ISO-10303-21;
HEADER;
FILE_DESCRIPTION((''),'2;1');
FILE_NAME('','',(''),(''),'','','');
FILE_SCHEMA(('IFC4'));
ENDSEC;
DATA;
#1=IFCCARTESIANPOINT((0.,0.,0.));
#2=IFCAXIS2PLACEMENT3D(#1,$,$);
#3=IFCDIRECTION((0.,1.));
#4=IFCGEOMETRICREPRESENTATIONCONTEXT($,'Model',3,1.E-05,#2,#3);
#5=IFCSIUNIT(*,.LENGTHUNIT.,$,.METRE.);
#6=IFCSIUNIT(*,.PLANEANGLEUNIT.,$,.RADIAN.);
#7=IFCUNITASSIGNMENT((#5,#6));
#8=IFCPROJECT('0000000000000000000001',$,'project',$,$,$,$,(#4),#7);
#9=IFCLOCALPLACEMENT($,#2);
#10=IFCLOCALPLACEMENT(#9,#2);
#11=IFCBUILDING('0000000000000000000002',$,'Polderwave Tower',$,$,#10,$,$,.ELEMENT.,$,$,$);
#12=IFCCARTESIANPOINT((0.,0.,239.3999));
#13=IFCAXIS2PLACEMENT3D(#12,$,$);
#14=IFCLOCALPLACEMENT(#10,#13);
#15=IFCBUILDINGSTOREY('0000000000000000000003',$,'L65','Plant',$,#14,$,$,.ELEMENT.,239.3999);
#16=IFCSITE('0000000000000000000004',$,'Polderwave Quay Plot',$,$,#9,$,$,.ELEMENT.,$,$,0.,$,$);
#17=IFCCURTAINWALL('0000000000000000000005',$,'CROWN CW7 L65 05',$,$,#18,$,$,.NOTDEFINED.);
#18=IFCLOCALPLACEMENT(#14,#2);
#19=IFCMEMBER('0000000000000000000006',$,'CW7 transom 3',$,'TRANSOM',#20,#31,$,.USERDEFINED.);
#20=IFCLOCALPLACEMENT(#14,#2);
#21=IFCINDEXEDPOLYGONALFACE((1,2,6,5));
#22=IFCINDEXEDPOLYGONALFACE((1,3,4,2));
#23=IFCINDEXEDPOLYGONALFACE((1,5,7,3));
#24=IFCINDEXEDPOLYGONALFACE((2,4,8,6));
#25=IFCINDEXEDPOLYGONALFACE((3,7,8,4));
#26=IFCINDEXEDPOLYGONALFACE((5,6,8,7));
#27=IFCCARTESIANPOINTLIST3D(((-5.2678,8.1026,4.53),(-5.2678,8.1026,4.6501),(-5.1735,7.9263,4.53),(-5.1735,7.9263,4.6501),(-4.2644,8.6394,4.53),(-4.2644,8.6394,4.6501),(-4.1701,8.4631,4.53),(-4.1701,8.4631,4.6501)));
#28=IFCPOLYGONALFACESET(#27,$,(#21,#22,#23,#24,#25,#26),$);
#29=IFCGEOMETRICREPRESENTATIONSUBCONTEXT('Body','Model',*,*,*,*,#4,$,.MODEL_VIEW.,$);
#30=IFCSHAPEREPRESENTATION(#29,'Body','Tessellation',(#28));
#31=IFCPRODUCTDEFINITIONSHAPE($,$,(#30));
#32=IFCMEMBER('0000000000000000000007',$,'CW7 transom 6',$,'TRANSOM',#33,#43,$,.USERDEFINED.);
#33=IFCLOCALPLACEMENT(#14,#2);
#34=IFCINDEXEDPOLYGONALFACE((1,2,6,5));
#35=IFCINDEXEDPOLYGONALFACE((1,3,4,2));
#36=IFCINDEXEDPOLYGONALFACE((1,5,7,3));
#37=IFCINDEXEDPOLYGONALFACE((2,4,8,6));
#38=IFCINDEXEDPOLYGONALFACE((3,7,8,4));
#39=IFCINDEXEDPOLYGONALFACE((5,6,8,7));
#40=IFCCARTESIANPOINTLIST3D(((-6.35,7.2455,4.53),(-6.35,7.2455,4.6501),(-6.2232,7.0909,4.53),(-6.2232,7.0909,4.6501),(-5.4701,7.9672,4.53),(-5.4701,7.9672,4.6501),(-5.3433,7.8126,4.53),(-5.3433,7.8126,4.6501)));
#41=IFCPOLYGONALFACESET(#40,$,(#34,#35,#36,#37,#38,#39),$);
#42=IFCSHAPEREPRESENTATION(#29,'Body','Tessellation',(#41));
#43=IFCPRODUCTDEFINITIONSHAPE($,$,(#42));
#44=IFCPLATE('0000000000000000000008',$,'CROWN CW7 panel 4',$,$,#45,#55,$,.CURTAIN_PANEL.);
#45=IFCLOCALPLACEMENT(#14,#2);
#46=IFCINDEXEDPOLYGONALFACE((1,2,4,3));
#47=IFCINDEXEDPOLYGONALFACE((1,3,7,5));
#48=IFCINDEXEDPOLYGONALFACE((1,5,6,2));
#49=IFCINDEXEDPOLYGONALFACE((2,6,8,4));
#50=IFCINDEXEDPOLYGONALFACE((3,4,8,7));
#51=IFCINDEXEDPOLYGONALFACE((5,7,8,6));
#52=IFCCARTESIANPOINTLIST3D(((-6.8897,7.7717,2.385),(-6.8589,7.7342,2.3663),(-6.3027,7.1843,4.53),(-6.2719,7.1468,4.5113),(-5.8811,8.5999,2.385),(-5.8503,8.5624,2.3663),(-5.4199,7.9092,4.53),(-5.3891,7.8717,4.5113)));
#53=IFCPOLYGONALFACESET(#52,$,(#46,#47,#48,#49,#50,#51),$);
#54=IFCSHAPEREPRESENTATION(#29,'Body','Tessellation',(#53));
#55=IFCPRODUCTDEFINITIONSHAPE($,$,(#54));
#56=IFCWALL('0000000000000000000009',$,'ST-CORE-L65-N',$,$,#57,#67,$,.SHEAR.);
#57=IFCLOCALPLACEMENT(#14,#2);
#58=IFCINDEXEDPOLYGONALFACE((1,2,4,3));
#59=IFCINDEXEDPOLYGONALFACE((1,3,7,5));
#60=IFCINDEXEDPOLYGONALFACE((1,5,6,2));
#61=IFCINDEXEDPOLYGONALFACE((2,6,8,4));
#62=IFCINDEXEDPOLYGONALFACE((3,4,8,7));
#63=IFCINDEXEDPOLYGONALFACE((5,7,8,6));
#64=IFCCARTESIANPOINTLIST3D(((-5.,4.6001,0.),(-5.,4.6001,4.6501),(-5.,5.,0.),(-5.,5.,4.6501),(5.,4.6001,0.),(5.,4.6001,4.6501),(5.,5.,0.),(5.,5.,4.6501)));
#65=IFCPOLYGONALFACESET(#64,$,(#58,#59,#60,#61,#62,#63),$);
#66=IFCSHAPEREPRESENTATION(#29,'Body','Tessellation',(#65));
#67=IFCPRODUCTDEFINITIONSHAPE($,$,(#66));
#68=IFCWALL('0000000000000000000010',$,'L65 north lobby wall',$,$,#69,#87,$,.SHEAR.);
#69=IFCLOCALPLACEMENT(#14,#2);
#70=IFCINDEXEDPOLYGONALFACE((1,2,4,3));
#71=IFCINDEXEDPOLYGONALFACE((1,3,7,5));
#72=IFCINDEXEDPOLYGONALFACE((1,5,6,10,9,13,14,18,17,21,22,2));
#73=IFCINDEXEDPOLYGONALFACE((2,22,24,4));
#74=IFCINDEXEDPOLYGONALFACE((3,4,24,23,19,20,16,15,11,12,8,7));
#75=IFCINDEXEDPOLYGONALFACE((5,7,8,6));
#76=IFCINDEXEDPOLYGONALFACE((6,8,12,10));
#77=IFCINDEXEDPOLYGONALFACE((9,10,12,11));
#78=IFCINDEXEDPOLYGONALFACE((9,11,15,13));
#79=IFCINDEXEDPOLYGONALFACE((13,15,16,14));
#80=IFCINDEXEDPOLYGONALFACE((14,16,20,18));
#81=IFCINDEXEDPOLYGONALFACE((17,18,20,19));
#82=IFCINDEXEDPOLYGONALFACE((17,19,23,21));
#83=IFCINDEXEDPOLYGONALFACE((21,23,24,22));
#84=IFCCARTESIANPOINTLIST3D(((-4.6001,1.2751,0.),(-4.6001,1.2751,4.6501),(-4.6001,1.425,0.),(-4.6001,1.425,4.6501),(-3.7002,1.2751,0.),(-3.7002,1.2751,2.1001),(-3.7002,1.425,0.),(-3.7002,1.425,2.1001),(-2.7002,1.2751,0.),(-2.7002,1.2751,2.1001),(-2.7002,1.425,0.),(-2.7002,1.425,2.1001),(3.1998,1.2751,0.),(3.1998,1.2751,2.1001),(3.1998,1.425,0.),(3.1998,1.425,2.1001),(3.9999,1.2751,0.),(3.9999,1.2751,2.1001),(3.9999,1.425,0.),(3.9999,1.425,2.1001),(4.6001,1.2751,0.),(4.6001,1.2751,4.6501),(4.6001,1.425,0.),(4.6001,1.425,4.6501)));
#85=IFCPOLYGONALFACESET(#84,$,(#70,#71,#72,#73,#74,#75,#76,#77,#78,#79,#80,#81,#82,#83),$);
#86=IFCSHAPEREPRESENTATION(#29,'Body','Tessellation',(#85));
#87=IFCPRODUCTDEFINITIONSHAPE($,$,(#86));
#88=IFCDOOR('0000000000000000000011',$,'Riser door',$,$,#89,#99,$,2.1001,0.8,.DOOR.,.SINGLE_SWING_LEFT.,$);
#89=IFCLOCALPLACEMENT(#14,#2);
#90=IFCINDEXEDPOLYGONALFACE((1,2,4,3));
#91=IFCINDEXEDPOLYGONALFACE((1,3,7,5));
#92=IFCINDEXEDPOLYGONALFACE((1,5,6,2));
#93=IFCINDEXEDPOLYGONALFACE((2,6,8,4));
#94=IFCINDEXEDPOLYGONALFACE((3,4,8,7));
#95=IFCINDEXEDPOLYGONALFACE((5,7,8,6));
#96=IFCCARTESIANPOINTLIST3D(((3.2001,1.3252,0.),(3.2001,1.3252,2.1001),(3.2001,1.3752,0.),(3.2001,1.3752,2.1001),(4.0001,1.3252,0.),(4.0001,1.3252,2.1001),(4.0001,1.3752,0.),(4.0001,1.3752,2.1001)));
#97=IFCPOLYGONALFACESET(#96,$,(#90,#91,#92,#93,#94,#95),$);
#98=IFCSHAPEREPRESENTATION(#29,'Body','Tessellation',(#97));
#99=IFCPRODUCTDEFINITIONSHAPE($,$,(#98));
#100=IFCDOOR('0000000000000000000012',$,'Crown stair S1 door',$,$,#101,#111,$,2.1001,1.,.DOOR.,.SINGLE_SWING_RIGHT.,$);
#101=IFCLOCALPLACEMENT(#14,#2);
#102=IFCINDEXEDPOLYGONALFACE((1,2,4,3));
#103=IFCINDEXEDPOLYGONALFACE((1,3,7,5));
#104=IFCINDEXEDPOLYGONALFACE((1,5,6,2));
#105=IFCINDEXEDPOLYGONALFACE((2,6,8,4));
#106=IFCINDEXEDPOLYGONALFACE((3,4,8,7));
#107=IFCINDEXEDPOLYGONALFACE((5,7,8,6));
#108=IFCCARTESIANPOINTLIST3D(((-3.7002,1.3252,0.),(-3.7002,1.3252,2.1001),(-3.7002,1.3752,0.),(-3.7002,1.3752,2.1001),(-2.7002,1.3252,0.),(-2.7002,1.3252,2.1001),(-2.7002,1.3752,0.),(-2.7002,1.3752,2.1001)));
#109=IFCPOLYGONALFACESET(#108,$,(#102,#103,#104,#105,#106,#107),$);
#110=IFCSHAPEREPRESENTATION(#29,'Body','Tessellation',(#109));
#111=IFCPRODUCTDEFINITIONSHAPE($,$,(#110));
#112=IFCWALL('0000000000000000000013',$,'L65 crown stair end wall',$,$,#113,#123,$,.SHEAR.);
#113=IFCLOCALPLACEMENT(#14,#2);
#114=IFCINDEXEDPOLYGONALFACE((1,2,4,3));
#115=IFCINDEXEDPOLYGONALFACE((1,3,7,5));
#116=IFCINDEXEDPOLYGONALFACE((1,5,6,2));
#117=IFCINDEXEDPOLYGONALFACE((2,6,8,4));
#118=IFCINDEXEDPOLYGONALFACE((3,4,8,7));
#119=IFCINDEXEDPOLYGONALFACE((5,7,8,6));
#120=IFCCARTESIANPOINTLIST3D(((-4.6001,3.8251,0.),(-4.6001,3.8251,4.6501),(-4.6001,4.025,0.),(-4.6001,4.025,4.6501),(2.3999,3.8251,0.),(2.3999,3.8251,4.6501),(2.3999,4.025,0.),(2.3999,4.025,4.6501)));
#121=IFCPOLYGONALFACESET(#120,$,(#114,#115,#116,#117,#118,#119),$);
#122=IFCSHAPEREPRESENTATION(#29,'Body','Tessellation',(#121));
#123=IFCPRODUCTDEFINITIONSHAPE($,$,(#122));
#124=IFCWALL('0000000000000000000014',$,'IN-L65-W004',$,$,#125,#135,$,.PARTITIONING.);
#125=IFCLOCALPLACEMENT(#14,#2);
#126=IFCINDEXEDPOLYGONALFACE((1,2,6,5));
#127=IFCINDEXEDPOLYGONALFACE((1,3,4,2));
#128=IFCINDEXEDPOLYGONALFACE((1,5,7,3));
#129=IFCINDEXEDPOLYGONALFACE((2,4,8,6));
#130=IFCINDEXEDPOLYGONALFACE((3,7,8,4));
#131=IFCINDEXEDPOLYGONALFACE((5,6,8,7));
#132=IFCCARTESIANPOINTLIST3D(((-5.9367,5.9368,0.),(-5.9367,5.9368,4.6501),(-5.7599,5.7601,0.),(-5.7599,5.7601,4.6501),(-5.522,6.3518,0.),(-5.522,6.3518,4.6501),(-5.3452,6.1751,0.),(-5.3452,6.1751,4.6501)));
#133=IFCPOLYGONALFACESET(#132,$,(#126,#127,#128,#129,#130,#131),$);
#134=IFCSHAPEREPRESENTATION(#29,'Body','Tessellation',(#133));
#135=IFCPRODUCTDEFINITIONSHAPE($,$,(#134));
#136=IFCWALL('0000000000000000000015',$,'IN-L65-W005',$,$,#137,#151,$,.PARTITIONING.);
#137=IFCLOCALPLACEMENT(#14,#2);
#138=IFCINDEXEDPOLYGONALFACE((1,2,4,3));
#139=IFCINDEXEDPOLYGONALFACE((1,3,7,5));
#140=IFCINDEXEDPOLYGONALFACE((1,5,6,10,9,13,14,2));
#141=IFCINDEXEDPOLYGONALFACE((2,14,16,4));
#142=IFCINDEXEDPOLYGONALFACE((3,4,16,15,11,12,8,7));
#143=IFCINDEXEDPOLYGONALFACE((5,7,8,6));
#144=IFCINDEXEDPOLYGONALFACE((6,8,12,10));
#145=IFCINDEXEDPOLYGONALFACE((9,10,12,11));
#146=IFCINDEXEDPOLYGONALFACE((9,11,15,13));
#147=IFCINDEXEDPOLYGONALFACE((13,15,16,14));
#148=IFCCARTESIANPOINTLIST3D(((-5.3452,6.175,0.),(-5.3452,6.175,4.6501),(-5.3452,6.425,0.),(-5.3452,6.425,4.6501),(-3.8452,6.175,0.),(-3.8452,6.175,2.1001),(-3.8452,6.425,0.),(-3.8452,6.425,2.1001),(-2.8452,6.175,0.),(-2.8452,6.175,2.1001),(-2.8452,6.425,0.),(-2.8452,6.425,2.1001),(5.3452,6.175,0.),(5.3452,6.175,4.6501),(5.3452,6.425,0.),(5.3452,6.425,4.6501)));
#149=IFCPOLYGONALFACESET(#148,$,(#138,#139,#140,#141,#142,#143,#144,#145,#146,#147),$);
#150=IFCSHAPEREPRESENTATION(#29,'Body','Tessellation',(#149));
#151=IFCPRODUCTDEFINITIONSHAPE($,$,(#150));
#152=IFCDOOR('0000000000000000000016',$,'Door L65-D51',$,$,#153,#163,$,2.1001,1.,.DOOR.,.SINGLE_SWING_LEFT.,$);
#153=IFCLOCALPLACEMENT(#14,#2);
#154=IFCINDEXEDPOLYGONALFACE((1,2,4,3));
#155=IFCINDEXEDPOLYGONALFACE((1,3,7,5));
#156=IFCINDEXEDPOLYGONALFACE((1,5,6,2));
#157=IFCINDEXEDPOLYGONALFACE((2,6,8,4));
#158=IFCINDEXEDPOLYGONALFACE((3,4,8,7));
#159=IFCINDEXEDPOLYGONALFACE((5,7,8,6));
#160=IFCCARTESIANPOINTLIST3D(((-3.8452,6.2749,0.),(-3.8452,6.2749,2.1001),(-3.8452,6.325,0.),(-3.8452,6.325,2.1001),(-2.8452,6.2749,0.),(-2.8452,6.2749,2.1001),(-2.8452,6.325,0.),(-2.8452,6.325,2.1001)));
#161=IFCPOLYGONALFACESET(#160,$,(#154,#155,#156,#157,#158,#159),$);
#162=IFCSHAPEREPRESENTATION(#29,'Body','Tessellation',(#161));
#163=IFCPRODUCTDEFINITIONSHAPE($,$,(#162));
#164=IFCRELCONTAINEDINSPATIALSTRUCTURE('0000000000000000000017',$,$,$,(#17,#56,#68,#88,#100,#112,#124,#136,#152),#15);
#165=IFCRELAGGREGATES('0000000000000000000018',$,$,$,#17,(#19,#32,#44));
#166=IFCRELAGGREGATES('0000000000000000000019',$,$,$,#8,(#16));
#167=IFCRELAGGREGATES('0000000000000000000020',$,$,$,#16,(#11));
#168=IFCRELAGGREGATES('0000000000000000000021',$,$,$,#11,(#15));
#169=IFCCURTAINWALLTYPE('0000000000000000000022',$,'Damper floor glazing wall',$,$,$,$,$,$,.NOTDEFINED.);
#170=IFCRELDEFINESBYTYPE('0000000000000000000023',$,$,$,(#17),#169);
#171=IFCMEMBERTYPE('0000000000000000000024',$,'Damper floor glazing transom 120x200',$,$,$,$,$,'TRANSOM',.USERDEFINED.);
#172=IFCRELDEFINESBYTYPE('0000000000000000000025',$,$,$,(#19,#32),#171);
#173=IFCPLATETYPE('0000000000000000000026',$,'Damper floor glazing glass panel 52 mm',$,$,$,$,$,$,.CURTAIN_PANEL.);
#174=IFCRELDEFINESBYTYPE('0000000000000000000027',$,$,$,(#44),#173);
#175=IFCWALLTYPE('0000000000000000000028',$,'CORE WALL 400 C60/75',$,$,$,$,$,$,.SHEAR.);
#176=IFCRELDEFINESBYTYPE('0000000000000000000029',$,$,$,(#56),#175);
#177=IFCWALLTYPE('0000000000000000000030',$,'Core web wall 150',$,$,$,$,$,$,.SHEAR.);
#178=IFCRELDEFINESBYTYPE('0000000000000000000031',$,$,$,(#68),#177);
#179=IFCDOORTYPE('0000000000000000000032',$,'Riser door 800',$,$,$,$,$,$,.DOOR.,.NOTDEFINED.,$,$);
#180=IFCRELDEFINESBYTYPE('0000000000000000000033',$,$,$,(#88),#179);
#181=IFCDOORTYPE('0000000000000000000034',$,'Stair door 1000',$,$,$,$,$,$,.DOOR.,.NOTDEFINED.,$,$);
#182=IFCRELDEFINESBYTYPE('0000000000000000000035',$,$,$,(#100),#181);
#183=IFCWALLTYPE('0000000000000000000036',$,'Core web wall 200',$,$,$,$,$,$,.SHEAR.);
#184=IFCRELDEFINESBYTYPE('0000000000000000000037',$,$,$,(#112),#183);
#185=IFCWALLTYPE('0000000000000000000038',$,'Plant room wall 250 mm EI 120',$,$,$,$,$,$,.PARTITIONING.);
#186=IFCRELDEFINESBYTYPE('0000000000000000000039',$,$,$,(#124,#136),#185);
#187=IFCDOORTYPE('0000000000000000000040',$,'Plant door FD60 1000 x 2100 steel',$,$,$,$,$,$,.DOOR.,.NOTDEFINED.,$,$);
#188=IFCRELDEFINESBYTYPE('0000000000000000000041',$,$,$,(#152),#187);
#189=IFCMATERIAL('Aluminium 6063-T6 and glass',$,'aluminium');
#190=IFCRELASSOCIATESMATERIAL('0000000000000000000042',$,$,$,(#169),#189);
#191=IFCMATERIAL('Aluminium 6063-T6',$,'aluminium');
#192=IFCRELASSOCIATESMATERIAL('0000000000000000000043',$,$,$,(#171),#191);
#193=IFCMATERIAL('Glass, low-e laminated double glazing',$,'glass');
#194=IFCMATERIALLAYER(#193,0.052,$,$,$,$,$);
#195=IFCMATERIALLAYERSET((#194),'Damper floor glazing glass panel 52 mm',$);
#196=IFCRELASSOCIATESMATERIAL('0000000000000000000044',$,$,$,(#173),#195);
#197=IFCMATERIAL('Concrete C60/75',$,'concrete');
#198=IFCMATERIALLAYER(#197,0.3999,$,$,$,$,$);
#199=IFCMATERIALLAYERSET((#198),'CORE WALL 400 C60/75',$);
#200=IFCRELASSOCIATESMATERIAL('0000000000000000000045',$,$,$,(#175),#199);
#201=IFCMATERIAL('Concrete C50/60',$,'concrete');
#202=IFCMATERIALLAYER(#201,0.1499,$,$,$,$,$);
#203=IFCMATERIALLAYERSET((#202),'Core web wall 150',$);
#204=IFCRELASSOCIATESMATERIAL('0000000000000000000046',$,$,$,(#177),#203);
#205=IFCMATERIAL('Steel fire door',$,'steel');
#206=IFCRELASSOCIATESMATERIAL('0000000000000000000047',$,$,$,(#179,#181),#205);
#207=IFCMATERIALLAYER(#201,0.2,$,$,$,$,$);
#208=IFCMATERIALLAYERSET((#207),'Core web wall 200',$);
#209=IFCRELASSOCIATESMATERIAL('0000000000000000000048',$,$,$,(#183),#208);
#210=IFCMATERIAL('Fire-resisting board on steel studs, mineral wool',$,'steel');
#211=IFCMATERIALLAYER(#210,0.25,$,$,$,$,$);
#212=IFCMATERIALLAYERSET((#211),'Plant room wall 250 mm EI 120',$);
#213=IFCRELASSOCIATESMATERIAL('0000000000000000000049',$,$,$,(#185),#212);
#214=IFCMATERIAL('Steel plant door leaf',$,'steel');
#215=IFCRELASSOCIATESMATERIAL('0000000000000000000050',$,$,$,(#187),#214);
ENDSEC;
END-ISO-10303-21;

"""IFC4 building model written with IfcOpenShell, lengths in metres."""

from ifc_helpers import new_model, si_unit, direction, frame, frame_2d, origin, origin_2d, place, context, subcontext, project, spatial, polyline, rectangle, outline, extrude, material, layer, layer_set, material_profile, profile_set, type_object, element, fill, aggregate, save


model = new_model("IFC4")

# Units and contexts
model_context = context("Model", 3, precision=1e-05, world=origin(), true_north=direction((0.0, 1.0)))
body_context = subcontext(model_context, "Body", "Model", "MODEL_VIEW")
ifc_project = project(units=[si_unit("LENGTHUNIT", "METRE"), si_unit("PLANEANGLEUNIT", "RADIAN")], contexts=[model_context])

# Site, building, storey
site_placement = place(None, origin())
site = spatial("IfcSite", under=ifc_project, at=site_placement, Name="Polderwave Quay Plot", CompositionType="ELEMENT", RefElevation=0.0)
building_placement = place(site_placement, origin())
building = spatial("IfcBuilding", under=site, at=building_placement, Name="Polderwave Tower", CompositionType="ELEMENT")
storey_placement = place(building_placement, frame((0.0, 0.0, 239.3999)))
storey = spatial("IfcBuildingStorey", under=building, at=storey_placement, Name="L65", Description="Plant", CompositionType="ELEMENT", Elevation=239.3999)

# Curtain wall, members, plate
ifc_material_1 = material(Name="Aluminium 6063-T6 and glass", Category="aluminium")
curtain_wall_type = type_object("IfcCurtainWallType", Name="Damper floor glazing wall", PredefinedType="NOTDEFINED", material=ifc_material_1)
curtain_wall_placement = place(storey_placement, origin())
curtain_wall = element("IfcCurtainWall", 1, at=curtain_wall_placement, inside=storey, type_object=curtain_wall_type, Name="CROWN CW7 L65 05", PredefinedType="NOTDEFINED")
ifc_material_2 = material(Name="Aluminium 6063-T6", Category="aluminium")
ifc_material_profile = material_profile(ifc_material_2, rectangle(XDim=0.2, YDim=0.1201, at=origin_2d()), Name="AL 120x200")
ifc_profile_set = profile_set([ifc_material_profile], Name="Aluminium 6063-T6")
member_type = type_object("IfcMemberType", Name="Damper floor glazing transom 120x200", ElementType="TRANSOM", PredefinedType="USERDEFINED", material=ifc_profile_set)
member_1_placement = place(storey_placement, frame((-4.2173, 8.5513, 4.5901), z_axis=(-0.881729, -0.471757, 0.0), x_axis=(0.471757, -0.881729, 0.0)))
member_1 = element("IfcMember", 2, at=member_1_placement, type_object=member_type, Name="CW7 transom 3", ObjectType="TRANSOM", PredefinedType="USERDEFINED", context=body_context, shape_type="SweptSolid", body=[
    extrude(rectangle(XDim=0.2, YDim=0.1201, at=origin_2d()), origin(), (0.0, 0.0, 1.0), 1.1379),
])
member_2_placement = place(storey_placement, frame((-5.4067, 7.8899, 4.5901), z_axis=(-0.773192, -0.634172, 0.0), x_axis=(0.634172, -0.773192, 0.0)))
member_2 = element("IfcMember", 3, at=member_2_placement, type_object=member_type, Name="CW7 transom 6", ObjectType="TRANSOM", PredefinedType="USERDEFINED", context=body_context, shape_type="SweptSolid", body=[
    extrude(rectangle(XDim=0.2, YDim=0.1201, at=origin_2d()), origin(), (0.0, 0.0, 1.0), 1.1379),
])
ifc_material_3 = material(Name="Glass, low-e laminated double glazing", Category="glass")
ifc_layer_1 = layer(ifc_material_3, 0.052)
ifc_layer_set_1 = layer_set([ifc_layer_1], Name="Damper floor glazing glass panel 52 mm")
plate_type = type_object("IfcPlateType", Name="Damper floor glazing glass panel 52 mm", PredefinedType="CURTAIN_PANEL", material=ifc_layer_set_1)
plate_placement = place(storey_placement, frame((-5.8811, 8.5999, 2.385), z_axis=(-0.592154, 0.721179, 0.35952), x_axis=(-0.772853, -0.634585, 0.000003)))
plate = element("IfcPlate", 4, at=plate_placement, type_object=plate_type, Name="CROWN CW7 panel 4", PredefinedType="CURTAIN_PANEL", context=body_context, shape_type="SweptSolid", body=[
    extrude(outline(polyline([(0.0, 0.0), (1.305, 0.0), (1.2241, 2.2987), (0.0819, 2.2987), (0.0, 0.0)])), origin(), (0.0, 0.0, -1.0), 0.052),
])
aggregate(curtain_wall, [member_1, member_2, plate])

# Wall
ifc_material_4 = material(Name="Concrete C60/75", Category="concrete")
ifc_layer_2 = layer(ifc_material_4, 0.3999)
ifc_layer_set_2 = layer_set([ifc_layer_2], Name="CORE WALL 400 C60/75")
wall_type_1 = type_object("IfcWallType", Name="CORE WALL 400 C60/75", PredefinedType="SHEAR", material=ifc_layer_set_2)
wall_1_placement = place(storey_placement, frame((-5.0, 4.8, 0.0), z_axis=(0.0, 0.0, 1.0), x_axis=(1.0, 0.0, 0.0)))
element("IfcWall", 5, at=wall_1_placement, inside=storey, type_object=wall_type_1, Name="ST-CORE-L65-N", PredefinedType="SHEAR", context=body_context, shape_type="SweptSolid", body=[
    extrude(rectangle(XDim=10.0, YDim=0.3999, at=frame_2d((5.0, 0.0))), origin(), (0.0, 0.0, 1.0), 4.6501),
])

# Wall, openings, doors
ifc_material_5 = material(Name="Concrete C50/60", Category="concrete")
ifc_layer_3 = layer(ifc_material_5, 0.1499)
ifc_layer_set_3 = layer_set([ifc_layer_3], Name="Core web wall 150")
wall_type_2 = type_object("IfcWallType", Name="Core web wall 150", PredefinedType="SHEAR", material=ifc_layer_set_3)
wall_2_placement = place(storey_placement, frame((-4.6001, 1.3501, 0.0), z_axis=(0.0, 0.0, 1.0), x_axis=(1.0, 0.0, 0.0)))
wall_2 = element("IfcWall", 6, at=wall_2_placement, inside=storey, type_object=wall_type_2, Name="L65 north lobby wall", PredefinedType="SHEAR", context=body_context, shape_type="SweptSolid", body=[
    extrude(rectangle(XDim=9.2002, YDim=0.1499, at=frame_2d((4.6001, 0.0))), origin(), (0.0, 0.0, 1.0), 4.6501),
])
opening_1_placement = place(wall_2_placement, frame((0.8999, 0.0, 0.0)))
opening_1 = element("IfcOpeningElement", 7, at=opening_1_placement, cuts=wall_2, PredefinedType="OPENING", context=body_context, shape_type="SweptSolid", body=[
    extrude(rectangle(XDim=1.0, YDim=2.1001, at=frame_2d((0.5, 1.05))), frame((0.0, 0.085, 0.0), z_axis=(0.0, -1.0, 0.0), x_axis=(1.0, 0.0, 0.0)), (0.0, 0.0, 1.0), 0.1699),
])
opening_2_placement = place(wall_2_placement, frame((7.8, 0.0, 0.0)))
opening_2 = element("IfcOpeningElement", 8, at=opening_2_placement, cuts=wall_2, PredefinedType="OPENING", context=body_context, shape_type="SweptSolid", body=[
    extrude(rectangle(XDim=0.8, YDim=2.1001, at=frame_2d((0.3999, 1.05))), frame((0.0, 0.085, 0.0), z_axis=(0.0, -1.0, 0.0), x_axis=(1.0, 0.0, 0.0)), (0.0, 0.0, 1.0), 0.1699),
])
ifc_material_6 = material(Name="Steel fire door", Category="steel")
door_type_1 = type_object("IfcDoorType", Name="Riser door 800", OperationType="NOTDEFINED", PredefinedType="DOOR", material=ifc_material_6)
door_1_placement = place(opening_2_placement, frame((0.8, 0.0, 0.0), z_axis=(0.0, 0.0, 1.0), x_axis=(-1.0, 0.0, 0.0)))
door_1 = element("IfcDoor", 9, at=door_1_placement, inside=storey, type_object=door_type_1, Name="Riser door", OperationType="SINGLE_SWING_LEFT", OverallHeight=2.1001, OverallWidth=0.8, PredefinedType="DOOR", context=body_context, shape_type="SweptSolid", body=[
    extrude(rectangle(XDim=0.8, YDim=2.1001, at=frame_2d((0.3999, 1.05))), frame((0.0, 0.0249, 0.0), z_axis=(0.0, -1.0, 0.0), x_axis=(1.0, 0.0, 0.0)), (0.0, 0.0, 1.0), 0.05),
])
fill(opening_2, door_1)
door_type_2 = type_object("IfcDoorType", Name="Stair door 1000", OperationType="NOTDEFINED", PredefinedType="DOOR", material=ifc_material_6)
door_2_placement = place(opening_1_placement, frame((1.0, 0.0, 0.0), z_axis=(0.0, 0.0, 1.0), x_axis=(-1.0, 0.0, 0.0)))
door_2 = element("IfcDoor", 10, at=door_2_placement, inside=storey, type_object=door_type_2, Name="Crown stair S1 door", OperationType="SINGLE_SWING_RIGHT", OverallHeight=2.1001, OverallWidth=1.0, PredefinedType="DOOR", context=body_context, shape_type="SweptSolid", body=[
    extrude(rectangle(XDim=1.0, YDim=2.1001, at=frame_2d((0.5, 1.05))), frame((0.0, 0.0249, 0.0), z_axis=(0.0, -1.0, 0.0), x_axis=(1.0, 0.0, 0.0)), (0.0, 0.0, 1.0), 0.05),
])
fill(opening_1, door_2)

# Walls
ifc_layer_4 = layer(ifc_material_5, 0.2)
ifc_layer_set_4 = layer_set([ifc_layer_4], Name="Core web wall 200")
wall_type_3 = type_object("IfcWallType", Name="Core web wall 200", PredefinedType="SHEAR", material=ifc_layer_set_4)
wall_3_placement = place(storey_placement, frame((-4.6001, 3.925, 0.0), z_axis=(0.0, 0.0, 1.0), x_axis=(1.0, 0.0, 0.0)))
element("IfcWall", 11, at=wall_3_placement, inside=storey, type_object=wall_type_3, Name="L65 crown stair end wall", PredefinedType="SHEAR", context=body_context, shape_type="SweptSolid", body=[
    extrude(rectangle(XDim=7.0, YDim=0.2, at=frame_2d((3.5, 0.0))), origin(), (0.0, 0.0, 1.0), 4.6501),
])
ifc_material_7 = material(Name="Fire-resisting board on steel studs, mineral wool", Category="steel")
ifc_layer_5 = layer(ifc_material_7, 0.25)
ifc_layer_set_5 = layer_set([ifc_layer_5], Name="Plant room wall 250 mm EI 120")
wall_type_4 = type_object("IfcWallType", Name="Plant room wall 250 mm EI 120", PredefinedType="PARTITIONING", material=ifc_layer_set_5)
wall_4_placement = place(storey_placement, frame((-5.8484, 5.8484, 0.0), z_axis=(0.0, 0.0, 1.0), x_axis=(0.706899, 0.707315, 0.0)))
element("IfcWall", 12, at=wall_4_placement, inside=storey, type_object=wall_type_4, Name="IN-L65-W004", PredefinedType="PARTITIONING", context=body_context, shape_type="SweptSolid", body=[
    extrude(rectangle(XDim=0.5867, YDim=0.25, at=frame_2d((0.2935, 0.0))), origin(), (0.0, 0.0, 1.0), 4.6501),
])

# Wall, opening, door
wall_5_placement = place(storey_placement, frame((-5.3452, 6.3, 0.0), z_axis=(0.0, 0.0, 1.0), x_axis=(1.0, 0.0, 0.0)))
wall_5 = element("IfcWall", 13, at=wall_5_placement, inside=storey, type_object=wall_type_4, Name="IN-L65-W005", PredefinedType="PARTITIONING", context=body_context, shape_type="SweptSolid", body=[
    extrude(rectangle(XDim=10.6904, YDim=0.25, at=frame_2d((5.3452, 0.0))), origin(), (0.0, 0.0, 1.0), 4.6501),
])
opening_3_placement = place(wall_5_placement, frame((1.5, 0.0, 0.0)))
opening_3 = element("IfcOpeningElement", 14, at=opening_3_placement, cuts=wall_5, PredefinedType="OPENING", context=body_context, shape_type="SweptSolid", body=[
    extrude(rectangle(XDim=1.0, YDim=2.1001, at=frame_2d((0.5, 1.05))), frame((0.0, 0.135, 0.0), z_axis=(0.0, -1.0, 0.0), x_axis=(1.0, 0.0, 0.0)), (0.0, 0.0, 1.0), 0.27),
])
ifc_material_8 = material(Name="Steel plant door leaf", Category="steel")
door_type_3 = type_object("IfcDoorType", Name="Plant door FD60 1000 x 2100 steel", OperationType="NOTDEFINED", PredefinedType="DOOR", material=ifc_material_8)
door_3_placement = place(opening_3_placement, origin())
door_3 = element("IfcDoor", 15, at=door_3_placement, inside=storey, type_object=door_type_3, Name="Door L65-D51", OperationType="SINGLE_SWING_LEFT", OverallHeight=2.1001, OverallWidth=1.0, PredefinedType="DOOR", context=body_context, shape_type="SweptSolid", body=[
    extrude(rectangle(XDim=1.0, YDim=2.1001, at=frame_2d((0.5, 1.05))), frame((0.0, 0.0249, 0.0), z_axis=(0.0, -1.0, 0.0), x_axis=(1.0, 0.0, 0.0)), (0.0, 0.0, 1.0), 0.05),
])
fill(opening_3, door_3)

save(model, "model.ifc")
